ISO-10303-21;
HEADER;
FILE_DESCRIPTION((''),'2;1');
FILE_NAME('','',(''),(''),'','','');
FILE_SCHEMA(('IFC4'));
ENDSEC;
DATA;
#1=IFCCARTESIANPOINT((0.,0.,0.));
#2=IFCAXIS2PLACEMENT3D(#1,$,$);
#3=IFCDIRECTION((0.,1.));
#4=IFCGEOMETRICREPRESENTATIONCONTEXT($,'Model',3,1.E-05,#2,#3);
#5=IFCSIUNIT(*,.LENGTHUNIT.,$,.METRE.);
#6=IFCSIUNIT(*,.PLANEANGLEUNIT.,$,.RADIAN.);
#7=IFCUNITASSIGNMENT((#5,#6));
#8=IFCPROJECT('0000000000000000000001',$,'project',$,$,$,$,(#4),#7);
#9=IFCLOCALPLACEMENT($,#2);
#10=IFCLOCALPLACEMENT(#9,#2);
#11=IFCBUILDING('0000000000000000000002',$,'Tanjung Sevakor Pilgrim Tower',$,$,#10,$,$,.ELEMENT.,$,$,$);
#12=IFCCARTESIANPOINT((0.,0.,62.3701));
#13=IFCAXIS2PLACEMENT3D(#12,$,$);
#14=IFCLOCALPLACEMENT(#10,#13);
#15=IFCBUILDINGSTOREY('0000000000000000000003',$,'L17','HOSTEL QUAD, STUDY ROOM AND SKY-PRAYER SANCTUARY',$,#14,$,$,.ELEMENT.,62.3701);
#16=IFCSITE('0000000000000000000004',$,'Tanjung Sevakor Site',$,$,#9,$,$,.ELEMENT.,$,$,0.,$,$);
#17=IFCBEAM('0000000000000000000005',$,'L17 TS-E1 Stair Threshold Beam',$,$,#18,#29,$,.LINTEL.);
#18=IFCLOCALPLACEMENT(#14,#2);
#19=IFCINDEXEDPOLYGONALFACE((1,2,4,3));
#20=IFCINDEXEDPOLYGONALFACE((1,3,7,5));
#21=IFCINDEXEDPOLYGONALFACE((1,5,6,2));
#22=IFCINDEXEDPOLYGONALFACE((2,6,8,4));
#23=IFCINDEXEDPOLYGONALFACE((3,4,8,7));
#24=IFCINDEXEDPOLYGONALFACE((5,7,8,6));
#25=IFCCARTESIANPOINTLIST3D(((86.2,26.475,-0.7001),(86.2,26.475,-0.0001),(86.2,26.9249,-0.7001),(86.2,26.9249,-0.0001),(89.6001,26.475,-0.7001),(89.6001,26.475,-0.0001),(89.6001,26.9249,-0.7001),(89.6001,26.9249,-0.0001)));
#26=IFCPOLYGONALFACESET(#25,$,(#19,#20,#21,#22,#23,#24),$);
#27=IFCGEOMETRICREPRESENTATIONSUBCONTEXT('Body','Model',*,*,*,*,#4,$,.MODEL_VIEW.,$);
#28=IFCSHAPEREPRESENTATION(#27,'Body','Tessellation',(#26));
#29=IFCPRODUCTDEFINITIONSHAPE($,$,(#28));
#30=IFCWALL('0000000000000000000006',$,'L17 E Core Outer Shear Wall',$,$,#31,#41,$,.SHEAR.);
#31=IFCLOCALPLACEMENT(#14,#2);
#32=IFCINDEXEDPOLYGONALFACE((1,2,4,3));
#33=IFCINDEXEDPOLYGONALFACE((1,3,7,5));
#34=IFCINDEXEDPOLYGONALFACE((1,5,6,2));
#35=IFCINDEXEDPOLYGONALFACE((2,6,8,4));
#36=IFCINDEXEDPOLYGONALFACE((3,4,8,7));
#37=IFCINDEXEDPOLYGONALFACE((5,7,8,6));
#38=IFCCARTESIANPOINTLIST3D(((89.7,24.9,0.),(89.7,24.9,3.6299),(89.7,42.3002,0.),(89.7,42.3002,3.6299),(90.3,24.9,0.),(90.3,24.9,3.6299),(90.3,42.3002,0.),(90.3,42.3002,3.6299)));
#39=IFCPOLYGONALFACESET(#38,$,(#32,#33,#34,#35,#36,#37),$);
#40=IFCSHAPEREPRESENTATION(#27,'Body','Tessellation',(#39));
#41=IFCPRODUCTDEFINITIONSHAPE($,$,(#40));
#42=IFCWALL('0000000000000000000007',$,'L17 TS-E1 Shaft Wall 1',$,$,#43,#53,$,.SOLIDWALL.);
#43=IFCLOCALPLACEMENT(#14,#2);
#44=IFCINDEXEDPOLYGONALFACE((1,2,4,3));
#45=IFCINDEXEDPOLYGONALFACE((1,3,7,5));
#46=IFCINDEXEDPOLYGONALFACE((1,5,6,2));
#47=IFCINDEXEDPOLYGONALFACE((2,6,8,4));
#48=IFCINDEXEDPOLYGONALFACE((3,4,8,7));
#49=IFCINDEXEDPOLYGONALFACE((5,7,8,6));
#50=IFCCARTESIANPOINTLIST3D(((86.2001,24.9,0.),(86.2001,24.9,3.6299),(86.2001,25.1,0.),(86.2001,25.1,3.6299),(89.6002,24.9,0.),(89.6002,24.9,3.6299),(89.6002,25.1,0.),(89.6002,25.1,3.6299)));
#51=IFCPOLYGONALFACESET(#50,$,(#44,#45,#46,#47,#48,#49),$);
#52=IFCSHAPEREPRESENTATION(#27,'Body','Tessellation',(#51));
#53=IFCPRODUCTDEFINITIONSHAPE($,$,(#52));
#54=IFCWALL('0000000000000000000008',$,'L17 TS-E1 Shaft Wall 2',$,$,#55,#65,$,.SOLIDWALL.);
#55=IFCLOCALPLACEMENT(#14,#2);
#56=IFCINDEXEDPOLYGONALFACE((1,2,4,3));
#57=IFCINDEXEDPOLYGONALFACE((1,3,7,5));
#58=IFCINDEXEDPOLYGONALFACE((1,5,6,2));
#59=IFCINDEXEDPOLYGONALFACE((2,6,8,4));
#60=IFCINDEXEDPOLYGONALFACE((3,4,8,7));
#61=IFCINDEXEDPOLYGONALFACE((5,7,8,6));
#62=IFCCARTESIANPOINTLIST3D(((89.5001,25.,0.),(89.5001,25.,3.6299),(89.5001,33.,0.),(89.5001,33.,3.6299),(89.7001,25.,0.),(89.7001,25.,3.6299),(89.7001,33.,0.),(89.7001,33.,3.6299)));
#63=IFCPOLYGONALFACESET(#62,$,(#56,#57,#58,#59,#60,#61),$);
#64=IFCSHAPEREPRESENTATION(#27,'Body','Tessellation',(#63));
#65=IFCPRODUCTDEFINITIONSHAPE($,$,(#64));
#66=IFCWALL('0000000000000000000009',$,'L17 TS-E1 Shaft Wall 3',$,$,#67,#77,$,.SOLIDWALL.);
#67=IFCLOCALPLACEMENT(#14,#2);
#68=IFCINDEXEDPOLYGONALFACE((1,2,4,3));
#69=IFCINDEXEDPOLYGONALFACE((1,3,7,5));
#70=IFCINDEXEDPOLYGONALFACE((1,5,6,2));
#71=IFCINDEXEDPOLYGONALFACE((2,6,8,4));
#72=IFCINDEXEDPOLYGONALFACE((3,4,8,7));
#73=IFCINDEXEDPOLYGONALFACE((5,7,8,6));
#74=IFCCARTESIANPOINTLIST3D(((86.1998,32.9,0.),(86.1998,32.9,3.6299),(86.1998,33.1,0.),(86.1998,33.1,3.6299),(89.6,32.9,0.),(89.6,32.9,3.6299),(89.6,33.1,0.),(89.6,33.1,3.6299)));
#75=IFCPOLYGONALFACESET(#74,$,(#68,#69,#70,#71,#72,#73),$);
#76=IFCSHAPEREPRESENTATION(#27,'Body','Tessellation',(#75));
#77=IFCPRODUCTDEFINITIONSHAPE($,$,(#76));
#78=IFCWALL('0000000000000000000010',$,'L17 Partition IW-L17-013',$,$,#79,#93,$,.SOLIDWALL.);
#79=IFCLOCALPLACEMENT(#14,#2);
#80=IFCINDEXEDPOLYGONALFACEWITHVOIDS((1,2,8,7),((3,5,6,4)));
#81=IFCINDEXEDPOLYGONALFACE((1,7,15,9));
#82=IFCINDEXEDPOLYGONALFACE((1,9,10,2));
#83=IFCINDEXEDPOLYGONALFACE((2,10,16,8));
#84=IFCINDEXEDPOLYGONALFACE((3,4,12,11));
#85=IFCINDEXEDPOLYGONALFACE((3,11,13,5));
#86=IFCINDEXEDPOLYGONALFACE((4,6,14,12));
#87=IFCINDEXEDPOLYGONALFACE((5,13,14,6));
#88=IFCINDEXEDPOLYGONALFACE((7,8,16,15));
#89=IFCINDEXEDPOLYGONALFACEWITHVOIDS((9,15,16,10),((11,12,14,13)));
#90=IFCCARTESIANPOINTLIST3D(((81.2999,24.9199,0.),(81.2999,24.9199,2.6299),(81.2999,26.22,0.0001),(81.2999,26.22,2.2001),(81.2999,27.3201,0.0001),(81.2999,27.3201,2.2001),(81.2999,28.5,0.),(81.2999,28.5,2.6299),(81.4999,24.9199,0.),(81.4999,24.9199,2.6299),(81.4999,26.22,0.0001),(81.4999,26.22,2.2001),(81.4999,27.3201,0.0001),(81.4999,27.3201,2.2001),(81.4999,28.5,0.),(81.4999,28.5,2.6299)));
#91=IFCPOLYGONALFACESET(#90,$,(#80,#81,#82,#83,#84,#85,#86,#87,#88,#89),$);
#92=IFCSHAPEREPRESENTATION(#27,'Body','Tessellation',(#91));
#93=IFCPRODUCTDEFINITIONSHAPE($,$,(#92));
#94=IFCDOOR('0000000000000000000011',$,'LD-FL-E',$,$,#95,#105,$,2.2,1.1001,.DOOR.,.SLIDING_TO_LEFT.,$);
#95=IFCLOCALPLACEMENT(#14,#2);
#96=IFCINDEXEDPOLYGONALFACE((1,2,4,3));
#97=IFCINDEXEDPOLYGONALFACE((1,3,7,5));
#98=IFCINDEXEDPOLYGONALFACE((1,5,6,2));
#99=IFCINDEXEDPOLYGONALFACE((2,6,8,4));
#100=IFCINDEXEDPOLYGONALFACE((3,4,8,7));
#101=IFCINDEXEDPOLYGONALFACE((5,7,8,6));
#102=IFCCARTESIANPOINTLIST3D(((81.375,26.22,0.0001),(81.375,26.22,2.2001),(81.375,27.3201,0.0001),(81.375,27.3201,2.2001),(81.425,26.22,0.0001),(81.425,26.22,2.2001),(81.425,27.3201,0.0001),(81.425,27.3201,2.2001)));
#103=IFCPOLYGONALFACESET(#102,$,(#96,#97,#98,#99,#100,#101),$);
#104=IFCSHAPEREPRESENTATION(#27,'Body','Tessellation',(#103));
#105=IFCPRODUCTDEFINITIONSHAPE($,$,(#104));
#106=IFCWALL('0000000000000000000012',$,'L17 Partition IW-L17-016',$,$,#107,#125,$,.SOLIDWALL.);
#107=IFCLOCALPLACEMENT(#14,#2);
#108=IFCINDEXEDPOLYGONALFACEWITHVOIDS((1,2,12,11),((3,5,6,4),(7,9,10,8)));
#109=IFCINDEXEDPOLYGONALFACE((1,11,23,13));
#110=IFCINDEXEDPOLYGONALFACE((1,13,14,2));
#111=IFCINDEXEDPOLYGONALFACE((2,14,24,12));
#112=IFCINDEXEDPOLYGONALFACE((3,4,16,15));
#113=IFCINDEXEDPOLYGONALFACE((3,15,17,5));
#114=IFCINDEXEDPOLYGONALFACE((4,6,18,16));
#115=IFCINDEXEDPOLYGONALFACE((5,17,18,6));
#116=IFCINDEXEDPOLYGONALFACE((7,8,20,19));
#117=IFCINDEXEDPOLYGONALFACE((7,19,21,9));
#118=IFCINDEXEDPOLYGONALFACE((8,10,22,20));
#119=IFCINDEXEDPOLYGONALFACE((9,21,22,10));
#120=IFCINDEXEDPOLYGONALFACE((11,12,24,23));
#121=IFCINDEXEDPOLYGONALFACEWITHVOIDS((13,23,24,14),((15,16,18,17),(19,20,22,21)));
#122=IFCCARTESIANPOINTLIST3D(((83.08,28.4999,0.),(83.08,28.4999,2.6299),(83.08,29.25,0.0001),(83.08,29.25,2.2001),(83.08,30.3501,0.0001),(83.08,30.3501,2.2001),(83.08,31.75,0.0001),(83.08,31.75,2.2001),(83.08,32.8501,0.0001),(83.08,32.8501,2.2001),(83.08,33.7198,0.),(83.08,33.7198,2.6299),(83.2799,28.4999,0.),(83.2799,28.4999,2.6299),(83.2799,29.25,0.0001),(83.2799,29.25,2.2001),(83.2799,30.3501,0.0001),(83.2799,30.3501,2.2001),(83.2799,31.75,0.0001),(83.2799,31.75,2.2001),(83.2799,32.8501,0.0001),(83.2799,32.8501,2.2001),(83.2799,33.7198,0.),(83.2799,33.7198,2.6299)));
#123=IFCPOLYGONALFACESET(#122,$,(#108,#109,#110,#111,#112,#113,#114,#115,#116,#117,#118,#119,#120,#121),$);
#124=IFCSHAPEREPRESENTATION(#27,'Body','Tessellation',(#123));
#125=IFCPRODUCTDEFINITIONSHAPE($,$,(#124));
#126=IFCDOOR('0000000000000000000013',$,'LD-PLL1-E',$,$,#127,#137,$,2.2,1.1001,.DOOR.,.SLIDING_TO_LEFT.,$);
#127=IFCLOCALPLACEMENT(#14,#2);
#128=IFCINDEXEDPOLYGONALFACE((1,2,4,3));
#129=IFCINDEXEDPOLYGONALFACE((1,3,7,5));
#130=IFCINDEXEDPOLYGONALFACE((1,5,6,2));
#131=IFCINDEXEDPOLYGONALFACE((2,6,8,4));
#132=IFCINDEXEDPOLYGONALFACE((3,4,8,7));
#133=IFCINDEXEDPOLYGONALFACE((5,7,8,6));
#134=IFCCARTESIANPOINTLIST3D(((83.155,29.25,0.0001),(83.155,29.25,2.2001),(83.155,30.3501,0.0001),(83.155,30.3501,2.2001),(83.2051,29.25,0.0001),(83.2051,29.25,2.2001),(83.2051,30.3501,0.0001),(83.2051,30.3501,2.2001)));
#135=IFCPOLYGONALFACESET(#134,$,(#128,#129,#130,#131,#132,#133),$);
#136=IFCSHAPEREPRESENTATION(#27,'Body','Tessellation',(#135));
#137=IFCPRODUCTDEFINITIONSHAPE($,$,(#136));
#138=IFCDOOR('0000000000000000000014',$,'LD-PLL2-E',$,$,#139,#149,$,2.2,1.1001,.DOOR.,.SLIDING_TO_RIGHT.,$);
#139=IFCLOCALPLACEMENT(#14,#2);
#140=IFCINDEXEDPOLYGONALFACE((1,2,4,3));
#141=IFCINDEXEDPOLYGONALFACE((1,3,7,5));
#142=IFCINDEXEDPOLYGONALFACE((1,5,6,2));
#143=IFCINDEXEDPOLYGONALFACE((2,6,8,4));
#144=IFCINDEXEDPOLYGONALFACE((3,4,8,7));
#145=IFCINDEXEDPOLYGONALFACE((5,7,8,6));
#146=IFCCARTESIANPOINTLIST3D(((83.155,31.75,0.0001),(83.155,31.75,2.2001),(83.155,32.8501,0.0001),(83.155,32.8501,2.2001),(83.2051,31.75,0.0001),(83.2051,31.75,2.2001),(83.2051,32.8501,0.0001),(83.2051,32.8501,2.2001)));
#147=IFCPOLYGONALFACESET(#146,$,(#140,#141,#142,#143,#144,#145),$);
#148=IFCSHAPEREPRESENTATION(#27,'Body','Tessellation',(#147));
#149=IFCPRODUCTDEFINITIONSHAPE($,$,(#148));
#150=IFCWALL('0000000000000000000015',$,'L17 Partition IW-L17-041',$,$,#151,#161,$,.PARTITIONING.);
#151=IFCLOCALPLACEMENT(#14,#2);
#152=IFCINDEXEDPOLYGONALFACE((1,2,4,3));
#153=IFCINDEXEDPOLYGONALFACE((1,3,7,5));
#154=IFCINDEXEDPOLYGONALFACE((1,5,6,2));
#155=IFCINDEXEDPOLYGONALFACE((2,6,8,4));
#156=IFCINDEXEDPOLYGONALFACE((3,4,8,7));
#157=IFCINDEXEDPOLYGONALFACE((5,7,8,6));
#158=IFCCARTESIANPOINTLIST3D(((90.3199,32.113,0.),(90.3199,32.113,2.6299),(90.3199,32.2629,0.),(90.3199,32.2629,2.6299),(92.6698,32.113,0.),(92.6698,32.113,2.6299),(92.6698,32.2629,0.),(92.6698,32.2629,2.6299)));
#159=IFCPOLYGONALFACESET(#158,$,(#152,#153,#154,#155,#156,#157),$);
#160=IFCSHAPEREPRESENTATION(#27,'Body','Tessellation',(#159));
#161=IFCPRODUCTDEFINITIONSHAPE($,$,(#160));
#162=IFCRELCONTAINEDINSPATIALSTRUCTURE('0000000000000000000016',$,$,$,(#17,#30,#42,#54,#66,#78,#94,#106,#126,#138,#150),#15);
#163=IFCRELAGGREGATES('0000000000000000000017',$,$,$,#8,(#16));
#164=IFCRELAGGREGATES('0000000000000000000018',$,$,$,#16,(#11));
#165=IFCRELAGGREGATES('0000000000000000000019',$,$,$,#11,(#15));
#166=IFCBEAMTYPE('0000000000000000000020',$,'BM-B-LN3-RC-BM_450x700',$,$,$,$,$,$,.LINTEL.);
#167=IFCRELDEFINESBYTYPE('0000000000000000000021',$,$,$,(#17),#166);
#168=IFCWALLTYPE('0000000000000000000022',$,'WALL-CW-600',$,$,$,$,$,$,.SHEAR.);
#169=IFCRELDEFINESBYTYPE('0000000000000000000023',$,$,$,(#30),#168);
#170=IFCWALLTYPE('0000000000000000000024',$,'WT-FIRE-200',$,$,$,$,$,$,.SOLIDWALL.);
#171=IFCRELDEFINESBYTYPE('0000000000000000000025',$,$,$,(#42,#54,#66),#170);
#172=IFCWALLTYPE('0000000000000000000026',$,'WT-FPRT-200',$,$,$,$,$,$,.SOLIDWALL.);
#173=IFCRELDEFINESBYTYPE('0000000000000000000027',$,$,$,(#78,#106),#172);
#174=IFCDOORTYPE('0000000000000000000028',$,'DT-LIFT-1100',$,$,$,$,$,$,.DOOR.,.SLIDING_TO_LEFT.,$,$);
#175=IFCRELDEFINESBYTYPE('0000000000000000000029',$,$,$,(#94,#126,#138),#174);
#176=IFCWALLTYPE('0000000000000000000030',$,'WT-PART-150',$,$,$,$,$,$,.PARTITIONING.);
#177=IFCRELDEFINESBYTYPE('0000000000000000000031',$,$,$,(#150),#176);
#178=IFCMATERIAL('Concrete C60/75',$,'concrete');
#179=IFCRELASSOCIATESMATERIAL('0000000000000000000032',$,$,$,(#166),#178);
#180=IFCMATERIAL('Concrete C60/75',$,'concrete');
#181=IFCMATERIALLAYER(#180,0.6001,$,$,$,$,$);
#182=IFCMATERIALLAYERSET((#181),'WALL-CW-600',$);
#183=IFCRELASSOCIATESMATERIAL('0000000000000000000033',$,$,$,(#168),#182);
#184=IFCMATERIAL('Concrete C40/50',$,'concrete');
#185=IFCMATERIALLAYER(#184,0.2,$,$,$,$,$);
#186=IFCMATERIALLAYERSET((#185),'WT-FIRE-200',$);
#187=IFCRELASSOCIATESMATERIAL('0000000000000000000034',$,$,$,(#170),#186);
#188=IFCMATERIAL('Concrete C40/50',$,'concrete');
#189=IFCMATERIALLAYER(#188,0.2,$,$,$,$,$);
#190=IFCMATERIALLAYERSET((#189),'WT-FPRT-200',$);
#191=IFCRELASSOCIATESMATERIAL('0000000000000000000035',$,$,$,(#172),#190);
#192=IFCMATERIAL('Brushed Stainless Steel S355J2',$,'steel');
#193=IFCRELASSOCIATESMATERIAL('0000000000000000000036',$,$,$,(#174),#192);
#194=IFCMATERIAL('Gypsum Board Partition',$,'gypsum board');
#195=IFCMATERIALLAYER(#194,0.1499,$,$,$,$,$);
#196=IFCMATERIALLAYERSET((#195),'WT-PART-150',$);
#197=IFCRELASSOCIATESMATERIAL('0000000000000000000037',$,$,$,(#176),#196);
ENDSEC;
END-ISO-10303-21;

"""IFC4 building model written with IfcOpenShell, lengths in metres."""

from ifc_helpers import new_model, si_unit, direction, frame, frame_2d, origin, origin_2d, place, context, subcontext, project, spatial, rectangle, extrude, material, layer, layer_set, material_profile, profile_set, type_object, element, fill, save


model = new_model("IFC4")

# Units and contexts
model_context = context("Model", 3, precision=1e-05, world=origin(), true_north=direction((0.0, 1.0)))
body_context = subcontext(model_context, "Body", "Model", "MODEL_VIEW")
ifc_project = project(units=[si_unit("LENGTHUNIT", "METRE"), si_unit("PLANEANGLEUNIT", "RADIAN")], contexts=[model_context])

# Site, building, storey
site_placement = place(None, origin())
site = spatial("IfcSite", under=ifc_project, at=site_placement, Name="Tanjung Sevakor Site", CompositionType="ELEMENT", RefElevation=0.0)
building_placement = place(site_placement, origin())
building = spatial("IfcBuilding", under=site, at=building_placement, Name="Tanjung Sevakor Pilgrim Tower", CompositionType="ELEMENT")
storey_placement = place(building_placement, frame((0.0, 0.0, 62.3701)))
storey = spatial("IfcBuildingStorey", under=building, at=storey_placement, Name="L17", Description="HOSTEL QUAD, STUDY ROOM AND SKY-PRAYER SANCTUARY", CompositionType="ELEMENT", Elevation=62.3701)

# Beam
ifc_material_1 = material(Name="Concrete C60/75", Category="concrete")
ifc_material_profile = material_profile(ifc_material_1, rectangle(XDim=0.45, YDim=0.7, at=origin_2d()))
ifc_profile_set = profile_set([ifc_material_profile], Name="Concrete C60/75")
beam_type = type_object("IfcBeamType", Name="BM-B-LN3-RC-BM_450x700", PredefinedType="LINTEL", material=ifc_profile_set)
beam_placement = place(storey_placement, frame((86.2, 26.7, -0.3501), z_axis=(1.0, 0.0, 0.0), x_axis=(0.0, 1.0, 0.0)))
element("IfcBeam", 1, at=beam_placement, inside=storey, type_object=beam_type, Name="L17 TS-E1 Stair Threshold Beam", PredefinedType="LINTEL", context=body_context, shape_type="SweptSolid", body=[
    extrude(rectangle(XDim=0.45, YDim=0.7, at=origin_2d()), origin(), (0.0, 0.0, 1.0), 3.4001),
])

# Wall
ifc_material_2 = material(Name="Concrete C60/75", Category="concrete")
ifc_layer_1 = layer(ifc_material_2, 0.6001)
ifc_layer_set_1 = layer_set([ifc_layer_1], Name="WALL-CW-600")
wall_type_1 = type_object("IfcWallType", Name="WALL-CW-600", PredefinedType="SHEAR", material=ifc_layer_set_1)
wall_1_placement = place(storey_placement, frame((90.0, 24.8999, 0.0), z_axis=(0.0, 0.0, 1.0), x_axis=(0.0, 1.0, 0.0)))
element("IfcWall", 2, at=wall_1_placement, inside=storey, type_object=wall_type_1, Name="L17 E Core Outer Shear Wall", PredefinedType="SHEAR", context=body_context, shape_type="SweptSolid", body=[
    extrude(rectangle(XDim=17.4001, YDim=0.6001, at=frame_2d((8.7002, 0.0))), origin(), (0.0, 0.0, 1.0), 3.6299),
])

# Walls
ifc_material_3 = material(Name="Concrete C40/50", Category="concrete")
ifc_layer_2 = layer(ifc_material_3, 0.2)
ifc_layer_set_2 = layer_set([ifc_layer_2], Name="WT-FIRE-200")
wall_type_2 = type_object("IfcWallType", Name="WT-FIRE-200", PredefinedType="SOLIDWALL", material=ifc_layer_set_2)
wall_2_placement = place(storey_placement, frame((86.2, 25.0, 0.0), z_axis=(0.0, 0.0, 1.0), x_axis=(1.0, 0.0, 0.0)))
element("IfcWall", 3, at=wall_2_placement, inside=storey, type_object=wall_type_2, Name="L17 TS-E1 Shaft Wall 1", PredefinedType="SOLIDWALL", context=body_context, shape_type="SweptSolid", body=[
    extrude(rectangle(XDim=3.4001, YDim=0.2, at=frame_2d((1.7002, 0.0))), origin(), (0.0, 0.0, 1.0), 3.6299),
])
wall_3_placement = place(storey_placement, frame((89.6001, 25.0, 0.0), z_axis=(0.0, 0.0, 1.0), x_axis=(0.0, 1.0, 0.0)))
element("IfcWall", 4, at=wall_3_placement, inside=storey, type_object=wall_type_2, Name="L17 TS-E1 Shaft Wall 2", PredefinedType="SOLIDWALL", context=body_context, shape_type="SweptSolid", body=[
    extrude(rectangle(XDim=8.0, YDim=0.2, at=frame_2d((4.0, 0.0))), origin(), (0.0, 0.0, 1.0), 3.6299),
])
wall_4_placement = place(storey_placement, frame((89.6001, 33.0, 0.0), z_axis=(0.0, 0.0, 1.0), x_axis=(-1.0, 0.0, 0.0)))
element("IfcWall", 5, at=wall_4_placement, inside=storey, type_object=wall_type_2, Name="L17 TS-E1 Shaft Wall 3", PredefinedType="SOLIDWALL", context=body_context, shape_type="SweptSolid", body=[
    extrude(rectangle(XDim=3.4001, YDim=0.2, at=frame_2d((1.7002, 0.0))), origin(), (0.0, 0.0, 1.0), 3.6299),
])

# Wall, opening, door
ifc_material_4 = material(Name="Concrete C40/50", Category="concrete")
ifc_layer_3 = layer(ifc_material_4, 0.2)
ifc_layer_set_3 = layer_set([ifc_layer_3], Name="WT-FPRT-200")
wall_type_3 = type_object("IfcWallType", Name="WT-FPRT-200", PredefinedType="SOLIDWALL", material=ifc_layer_set_3)
wall_5_placement = place(storey_placement, frame((81.3999, 24.9199, 0.0), z_axis=(0.0, 0.0, 1.0), x_axis=(0.0, 1.0, 0.0)))
wall_5 = element("IfcWall", 6, at=wall_5_placement, inside=storey, type_object=wall_type_3, Name="L17 Partition IW-L17-013", PredefinedType="SOLIDWALL", context=body_context, shape_type="SweptSolid", body=[
    extrude(rectangle(XDim=3.5801, YDim=0.2, at=frame_2d((1.79, 0.0))), origin(), (0.0, 0.0, 1.0), 2.6299),
])
opening_1_placement = place(wall_5_placement, frame((1.3, 0.0, 0.0)))
opening_1 = element("IfcOpeningElement", 7, at=opening_1_placement, cuts=wall_5, PredefinedType="OPENING", context=body_context, shape_type="SweptSolid", body=[
    extrude(rectangle(XDim=1.1001, YDim=2.2, at=frame_2d((0.55, 1.1001))), frame((0.0, 0.1099, 0.0), z_axis=(0.0, -1.0, 0.0), x_axis=(1.0, 0.0, 0.0)), (0.0, 0.0, 1.0), 0.22),
])
ifc_material_5 = material(Name="Brushed Stainless Steel S355J2", Category="steel")
door_type_1 = type_object("IfcDoorType", Name="DT-LIFT-1100", OperationType="SLIDING_TO_LEFT", PredefinedType="DOOR", material=ifc_material_5)
door_1_placement = place(opening_1_placement, origin())
door_1 = element("IfcDoor", 8, at=door_1_placement, inside=storey, type_object=door_type_1, Name="LD-FL-E", OperationType="SLIDING_TO_LEFT", OverallHeight=2.2, OverallWidth=1.1001, PredefinedType="DOOR", context=body_context, shape_type="SweptSolid", body=[
    extrude(rectangle(XDim=1.1001, YDim=2.2, at=frame_2d((0.55, 1.1001))), frame((0.0, 0.0249, 0.0), z_axis=(0.0, -1.0, 0.0), x_axis=(1.0, 0.0, 0.0)), (0.0, 0.0, 1.0), 0.05),
])
fill(opening_1, door_1)

# Wall, openings, doors
wall_6_placement = place(storey_placement, frame((83.1799, 28.5, 0.0), z_axis=(0.0, 0.0, 1.0), x_axis=(0.0, 1.0, 0.0)))
wall_6 = element("IfcWall", 9, at=wall_6_placement, inside=storey, type_object=wall_type_3, Name="L17 Partition IW-L17-016", PredefinedType="SOLIDWALL", context=body_context, shape_type="SweptSolid", body=[
    extrude(rectangle(XDim=5.22, YDim=0.2, at=frame_2d((2.6099, 0.0))), origin(), (0.0, 0.0, 1.0), 2.6299),
])
opening_2_placement = place(wall_6_placement, frame((0.75, 0.0, 0.0)))
opening_2 = element("IfcOpeningElement", 10, at=opening_2_placement, cuts=wall_6, PredefinedType="OPENING", context=body_context, shape_type="SweptSolid", body=[
    extrude(rectangle(XDim=1.1001, YDim=2.2, at=frame_2d((0.55, 1.1001))), frame((0.0, 0.1099, 0.0), z_axis=(0.0, -1.0, 0.0), x_axis=(1.0, 0.0, 0.0)), (0.0, 0.0, 1.0), 0.22),
])
opening_3_placement = place(wall_6_placement, frame((3.25, 0.0, 0.0)))
opening_3 = element("IfcOpeningElement", 11, at=opening_3_placement, cuts=wall_6, PredefinedType="OPENING", context=body_context, shape_type="SweptSolid", body=[
    extrude(rectangle(XDim=1.1001, YDim=2.2, at=frame_2d((0.55, 1.1001))), frame((0.0, 0.1099, 0.0), z_axis=(0.0, -1.0, 0.0), x_axis=(1.0, 0.0, 0.0)), (0.0, 0.0, 1.0), 0.22),
])
door_2_placement = place(opening_2_placement, origin())
door_2 = element("IfcDoor", 12, at=door_2_placement, inside=storey, type_object=door_type_1, Name="LD-PLL1-E", OperationType="SLIDING_TO_LEFT", OverallHeight=2.2, OverallWidth=1.1001, PredefinedType="DOOR", context=body_context, shape_type="SweptSolid", body=[
    extrude(rectangle(XDim=1.1001, YDim=2.2, at=frame_2d((0.55, 1.1001))), frame((0.0, 0.0249, 0.0), z_axis=(0.0, -1.0, 0.0), x_axis=(1.0, 0.0, 0.0)), (0.0, 0.0, 1.0), 0.05),
])
fill(opening_2, door_2)
door_3_placement = place(opening_3_placement, origin())
door_3 = element("IfcDoor", 13, at=door_3_placement, inside=storey, type_object=door_type_1, Name="LD-PLL2-E", OperationType="SLIDING_TO_RIGHT", OverallHeight=2.2, OverallWidth=1.1001, PredefinedType="DOOR", context=body_context, shape_type="SweptSolid", body=[
    extrude(rectangle(XDim=1.1001, YDim=2.2, at=frame_2d((0.55, 1.1001))), frame((0.0, 0.0249, 0.0), z_axis=(0.0, -1.0, 0.0), x_axis=(1.0, 0.0, 0.0)), (0.0, 0.0, 1.0), 0.05),
])
fill(opening_3, door_3)

# Wall
ifc_material_6 = material(Name="Gypsum Board Partition", Category="gypsum board")
ifc_layer_4 = layer(ifc_material_6, 0.1499)
ifc_layer_set_4 = layer_set([ifc_layer_4], Name="WT-PART-150")
wall_type_4 = type_object("IfcWallType", Name="WT-PART-150", PredefinedType="PARTITIONING", material=ifc_layer_set_4)
wall_7_placement = place(storey_placement, frame((90.3201, 32.188, 0.0), z_axis=(0.0, 0.0, 1.0), x_axis=(1.0, 0.0, 0.0)))
element("IfcWall", 14, at=wall_7_placement, inside=storey, type_object=wall_type_4, Name="L17 Partition IW-L17-041", PredefinedType="PARTITIONING", context=body_context, shape_type="SweptSolid", body=[
    extrude(rectangle(XDim=2.3499, YDim=0.1499, at=frame_2d((1.1748, 0.0))), origin(), (0.0, 0.0, 1.0), 2.6299),
])

save(model, "model.ifc")
